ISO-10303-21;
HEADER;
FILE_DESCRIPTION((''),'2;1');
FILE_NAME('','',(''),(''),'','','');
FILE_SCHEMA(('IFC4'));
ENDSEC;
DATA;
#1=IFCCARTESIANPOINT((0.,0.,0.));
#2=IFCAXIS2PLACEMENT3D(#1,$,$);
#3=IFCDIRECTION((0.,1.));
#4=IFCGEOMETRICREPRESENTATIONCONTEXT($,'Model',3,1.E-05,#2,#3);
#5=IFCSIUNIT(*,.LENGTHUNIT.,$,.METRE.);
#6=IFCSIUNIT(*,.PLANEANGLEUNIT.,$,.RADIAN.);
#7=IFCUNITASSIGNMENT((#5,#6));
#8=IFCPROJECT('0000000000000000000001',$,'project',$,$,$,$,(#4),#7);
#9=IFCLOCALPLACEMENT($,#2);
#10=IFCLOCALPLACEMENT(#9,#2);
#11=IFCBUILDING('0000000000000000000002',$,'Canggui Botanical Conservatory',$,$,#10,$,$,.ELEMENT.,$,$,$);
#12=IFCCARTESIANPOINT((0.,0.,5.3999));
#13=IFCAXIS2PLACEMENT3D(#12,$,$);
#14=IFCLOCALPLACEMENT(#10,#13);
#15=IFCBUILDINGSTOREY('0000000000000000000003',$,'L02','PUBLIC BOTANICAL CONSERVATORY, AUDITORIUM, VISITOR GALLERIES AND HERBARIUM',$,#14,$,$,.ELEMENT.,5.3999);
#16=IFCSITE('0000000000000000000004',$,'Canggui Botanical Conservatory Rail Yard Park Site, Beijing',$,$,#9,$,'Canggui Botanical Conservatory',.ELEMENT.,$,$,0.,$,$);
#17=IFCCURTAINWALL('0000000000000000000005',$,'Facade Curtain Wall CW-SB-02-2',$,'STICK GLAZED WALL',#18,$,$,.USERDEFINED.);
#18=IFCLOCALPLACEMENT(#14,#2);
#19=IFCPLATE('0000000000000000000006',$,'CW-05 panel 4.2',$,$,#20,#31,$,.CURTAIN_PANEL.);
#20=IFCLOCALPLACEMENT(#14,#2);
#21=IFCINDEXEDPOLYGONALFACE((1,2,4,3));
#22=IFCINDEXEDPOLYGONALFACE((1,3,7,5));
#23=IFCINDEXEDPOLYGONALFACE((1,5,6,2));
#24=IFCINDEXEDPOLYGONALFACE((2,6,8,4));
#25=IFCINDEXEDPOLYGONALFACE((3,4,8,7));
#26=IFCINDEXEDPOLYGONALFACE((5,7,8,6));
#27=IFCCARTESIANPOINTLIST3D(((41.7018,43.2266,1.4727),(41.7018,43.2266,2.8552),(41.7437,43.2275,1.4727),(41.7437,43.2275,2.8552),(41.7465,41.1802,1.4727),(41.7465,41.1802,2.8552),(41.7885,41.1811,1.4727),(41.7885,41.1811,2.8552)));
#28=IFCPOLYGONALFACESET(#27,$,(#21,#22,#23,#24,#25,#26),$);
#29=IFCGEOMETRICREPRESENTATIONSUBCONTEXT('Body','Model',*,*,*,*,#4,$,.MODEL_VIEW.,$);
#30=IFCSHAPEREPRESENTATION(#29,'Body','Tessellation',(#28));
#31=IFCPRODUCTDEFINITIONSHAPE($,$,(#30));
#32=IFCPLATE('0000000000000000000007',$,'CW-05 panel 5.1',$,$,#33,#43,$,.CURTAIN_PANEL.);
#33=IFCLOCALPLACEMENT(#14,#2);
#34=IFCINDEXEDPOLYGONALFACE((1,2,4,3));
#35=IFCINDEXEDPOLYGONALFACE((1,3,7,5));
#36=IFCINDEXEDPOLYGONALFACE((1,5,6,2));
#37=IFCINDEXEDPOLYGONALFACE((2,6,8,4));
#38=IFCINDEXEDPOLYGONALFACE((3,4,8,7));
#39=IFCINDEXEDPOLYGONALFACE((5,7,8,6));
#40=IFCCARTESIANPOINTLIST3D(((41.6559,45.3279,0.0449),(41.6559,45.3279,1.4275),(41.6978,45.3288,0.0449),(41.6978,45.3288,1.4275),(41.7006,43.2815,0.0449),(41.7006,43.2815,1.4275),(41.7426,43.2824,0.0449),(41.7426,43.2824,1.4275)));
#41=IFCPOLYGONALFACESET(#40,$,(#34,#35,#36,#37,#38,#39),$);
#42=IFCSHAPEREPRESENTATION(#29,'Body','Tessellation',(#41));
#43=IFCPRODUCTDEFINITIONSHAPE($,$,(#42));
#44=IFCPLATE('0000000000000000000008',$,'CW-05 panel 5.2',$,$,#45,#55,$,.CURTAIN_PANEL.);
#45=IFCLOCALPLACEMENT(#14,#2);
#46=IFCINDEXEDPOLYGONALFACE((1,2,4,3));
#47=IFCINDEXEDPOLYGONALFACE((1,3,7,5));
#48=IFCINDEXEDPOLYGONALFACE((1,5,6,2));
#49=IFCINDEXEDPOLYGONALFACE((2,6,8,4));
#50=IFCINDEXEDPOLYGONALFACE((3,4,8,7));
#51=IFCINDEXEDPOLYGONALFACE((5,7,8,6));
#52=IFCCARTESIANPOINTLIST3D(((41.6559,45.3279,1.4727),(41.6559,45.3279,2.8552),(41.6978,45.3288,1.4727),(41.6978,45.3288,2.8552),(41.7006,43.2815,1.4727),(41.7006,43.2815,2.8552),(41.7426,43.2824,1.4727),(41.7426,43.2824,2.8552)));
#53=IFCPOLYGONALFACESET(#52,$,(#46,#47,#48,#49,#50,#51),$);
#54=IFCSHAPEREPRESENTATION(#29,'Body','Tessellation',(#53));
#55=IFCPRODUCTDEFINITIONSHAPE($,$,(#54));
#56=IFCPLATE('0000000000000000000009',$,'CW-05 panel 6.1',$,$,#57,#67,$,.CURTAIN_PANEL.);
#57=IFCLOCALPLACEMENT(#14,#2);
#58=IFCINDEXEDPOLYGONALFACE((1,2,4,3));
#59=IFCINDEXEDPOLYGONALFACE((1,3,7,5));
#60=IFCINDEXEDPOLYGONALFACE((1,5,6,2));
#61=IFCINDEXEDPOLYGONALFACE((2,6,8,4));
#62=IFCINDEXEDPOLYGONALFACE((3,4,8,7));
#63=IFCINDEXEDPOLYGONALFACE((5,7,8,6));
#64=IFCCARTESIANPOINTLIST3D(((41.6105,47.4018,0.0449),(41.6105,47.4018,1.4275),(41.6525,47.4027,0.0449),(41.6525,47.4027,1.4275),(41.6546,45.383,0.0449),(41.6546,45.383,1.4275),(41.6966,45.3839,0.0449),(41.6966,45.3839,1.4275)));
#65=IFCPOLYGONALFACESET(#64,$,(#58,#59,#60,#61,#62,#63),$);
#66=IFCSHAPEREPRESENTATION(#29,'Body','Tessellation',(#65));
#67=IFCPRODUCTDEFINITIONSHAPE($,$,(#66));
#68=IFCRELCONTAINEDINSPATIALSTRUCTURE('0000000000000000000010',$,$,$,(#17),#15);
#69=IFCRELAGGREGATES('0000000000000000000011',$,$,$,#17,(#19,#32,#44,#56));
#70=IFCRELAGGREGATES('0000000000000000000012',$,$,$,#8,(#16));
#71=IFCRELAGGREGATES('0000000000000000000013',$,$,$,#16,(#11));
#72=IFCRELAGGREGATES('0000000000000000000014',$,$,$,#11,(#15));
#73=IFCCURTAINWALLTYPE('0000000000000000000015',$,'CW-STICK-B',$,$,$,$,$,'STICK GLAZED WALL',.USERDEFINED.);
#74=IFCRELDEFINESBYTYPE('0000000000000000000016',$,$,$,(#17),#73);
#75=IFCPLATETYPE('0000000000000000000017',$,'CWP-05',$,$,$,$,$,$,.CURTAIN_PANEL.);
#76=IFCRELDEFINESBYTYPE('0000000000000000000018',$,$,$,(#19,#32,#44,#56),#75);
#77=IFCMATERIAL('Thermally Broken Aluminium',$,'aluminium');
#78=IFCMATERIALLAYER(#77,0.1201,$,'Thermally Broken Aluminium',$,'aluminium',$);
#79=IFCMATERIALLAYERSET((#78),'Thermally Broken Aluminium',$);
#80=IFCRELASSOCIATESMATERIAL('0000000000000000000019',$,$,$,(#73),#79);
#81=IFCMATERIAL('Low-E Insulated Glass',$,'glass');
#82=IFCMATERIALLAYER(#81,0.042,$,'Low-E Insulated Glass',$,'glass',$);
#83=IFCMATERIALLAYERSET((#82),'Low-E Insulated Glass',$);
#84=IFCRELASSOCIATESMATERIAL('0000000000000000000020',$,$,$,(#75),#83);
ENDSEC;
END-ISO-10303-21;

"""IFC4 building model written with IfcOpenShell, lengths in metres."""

from ifc_helpers import new_model, si_unit, direction, frame, origin, origin_2d, place, context, subcontext, project, spatial, rectangle, extrude, material, layer, layer_set, type_object, element, aggregate, save


model = new_model("IFC4")

# Units and contexts
model_context = context("Model", 3, precision=1e-05, world=origin(), true_north=direction((0.0, 1.0)))
body_context = subcontext(model_context, "Body", "Model", "MODEL_VIEW")
ifc_project = project(units=[si_unit("LENGTHUNIT", "METRE"), si_unit("PLANEANGLEUNIT", "RADIAN")], contexts=[model_context])

# Site, building, storey
site_placement = place(None, origin())
site = spatial("IfcSite", under=ifc_project, at=site_placement, Name="Canggui Botanical Conservatory Rail Yard Park Site, Beijing", LongName="Canggui Botanical Conservatory", CompositionType="ELEMENT", RefElevation=0.0)
building_placement = place(site_placement, origin())
building = spatial("IfcBuilding", under=site, at=building_placement, Name="Canggui Botanical Conservatory", CompositionType="ELEMENT")
storey_placement = place(building_placement, frame((0.0, 0.0, 5.3999)))
storey = spatial("IfcBuildingStorey", under=building, at=storey_placement, Name="L02", Description="PUBLIC BOTANICAL CONSERVATORY, AUDITORIUM, VISITOR GALLERIES AND HERBARIUM", CompositionType="ELEMENT", Elevation=5.3999)

# Curtain wall
ifc_material_1 = material(Name="Thermally Broken Aluminium", Category="aluminium")
ifc_layer_1 = layer(ifc_material_1, 0.1201, Name="Thermally Broken Aluminium", Category="aluminium")
ifc_layer_set_1 = layer_set([ifc_layer_1], Name="Thermally Broken Aluminium")
curtain_wall_type = type_object("IfcCurtainWallType", Name="CW-STICK-B", ElementType="STICK GLAZED WALL", PredefinedType="USERDEFINED", material=ifc_layer_set_1)
curtain_wall_placement = place(storey_placement, origin())
curtain_wall = element("IfcCurtainWall", 1, at=curtain_wall_placement, inside=storey, type_object=curtain_wall_type, Name="Facade Curtain Wall CW-SB-02-2", ObjectType="STICK GLAZED WALL", PredefinedType="USERDEFINED")

# Plates
ifc_material_2 = material(Name="Low-E Insulated Glass", Category="glass")
ifc_layer_2 = layer(ifc_material_2, 0.042, Name="Low-E Insulated Glass", Category="glass")
ifc_layer_set_2 = layer_set([ifc_layer_2], Name="Low-E Insulated Glass")
plate_type = type_object("IfcPlateType", Name="CWP-05", PredefinedType="CURTAIN_PANEL", material=ifc_layer_set_2)
plate_1_placement = place(storey_placement, frame((41.7451, 42.2039, 1.4727), z_axis=(0.0, 0.0, 1.0), x_axis=(-0.021853, 0.999761, 0.0)))
plate_1 = element("IfcPlate", 2, at=plate_1_placement, type_object=plate_type, Name="CW-05 panel 4.2", PredefinedType="CURTAIN_PANEL", context=body_context, shape_type="SweptSolid", body=[
    extrude(rectangle(XDim=2.0469, YDim=0.042, at=origin_2d()), origin(), (0.0, 0.0, 1.0), 1.3826),
])
plate_2_placement = place(storey_placement, frame((41.6992, 44.3052, 0.0449), z_axis=(0.0, 0.0, 1.0), x_axis=(-0.021853, 0.999761, 0.0)))
plate_2 = element("IfcPlate", 3, at=plate_2_placement, type_object=plate_type, Name="CW-05 panel 5.1", PredefinedType="CURTAIN_PANEL", context=body_context, shape_type="SweptSolid", body=[
    extrude(rectangle(XDim=2.0469, YDim=0.042, at=origin_2d()), origin(), (0.0, 0.0, 1.0), 1.3826),
])
plate_3_placement = place(storey_placement, frame((41.6992, 44.3052, 1.4727), z_axis=(0.0, 0.0, 1.0), x_axis=(-0.021853, 0.999761, 0.0)))
plate_3 = element("IfcPlate", 4, at=plate_3_placement, type_object=plate_type, Name="CW-05 panel 5.2", PredefinedType="CURTAIN_PANEL", context=body_context, shape_type="SweptSolid", body=[
    extrude(rectangle(XDim=2.0469, YDim=0.042, at=origin_2d()), origin(), (0.0, 0.0, 1.0), 1.3826),
])
plate_4_placement = place(storey_placement, frame((41.6536, 46.3928, 0.0449), z_axis=(0.0, 0.0, 1.0), x_axis=(-0.021853, 0.999761, 0.0)))
plate_4 = element("IfcPlate", 5, at=plate_4_placement, type_object=plate_type, Name="CW-05 panel 6.1", PredefinedType="CURTAIN_PANEL", context=body_context, shape_type="SweptSolid", body=[
    extrude(rectangle(XDim=2.0193, YDim=0.042, at=origin_2d()), origin(), (0.0, 0.0, 1.0), 1.3826),
])
aggregate(curtain_wall, [plate_1, plate_2, plate_3, plate_4])

save(model, "model.ifc")
